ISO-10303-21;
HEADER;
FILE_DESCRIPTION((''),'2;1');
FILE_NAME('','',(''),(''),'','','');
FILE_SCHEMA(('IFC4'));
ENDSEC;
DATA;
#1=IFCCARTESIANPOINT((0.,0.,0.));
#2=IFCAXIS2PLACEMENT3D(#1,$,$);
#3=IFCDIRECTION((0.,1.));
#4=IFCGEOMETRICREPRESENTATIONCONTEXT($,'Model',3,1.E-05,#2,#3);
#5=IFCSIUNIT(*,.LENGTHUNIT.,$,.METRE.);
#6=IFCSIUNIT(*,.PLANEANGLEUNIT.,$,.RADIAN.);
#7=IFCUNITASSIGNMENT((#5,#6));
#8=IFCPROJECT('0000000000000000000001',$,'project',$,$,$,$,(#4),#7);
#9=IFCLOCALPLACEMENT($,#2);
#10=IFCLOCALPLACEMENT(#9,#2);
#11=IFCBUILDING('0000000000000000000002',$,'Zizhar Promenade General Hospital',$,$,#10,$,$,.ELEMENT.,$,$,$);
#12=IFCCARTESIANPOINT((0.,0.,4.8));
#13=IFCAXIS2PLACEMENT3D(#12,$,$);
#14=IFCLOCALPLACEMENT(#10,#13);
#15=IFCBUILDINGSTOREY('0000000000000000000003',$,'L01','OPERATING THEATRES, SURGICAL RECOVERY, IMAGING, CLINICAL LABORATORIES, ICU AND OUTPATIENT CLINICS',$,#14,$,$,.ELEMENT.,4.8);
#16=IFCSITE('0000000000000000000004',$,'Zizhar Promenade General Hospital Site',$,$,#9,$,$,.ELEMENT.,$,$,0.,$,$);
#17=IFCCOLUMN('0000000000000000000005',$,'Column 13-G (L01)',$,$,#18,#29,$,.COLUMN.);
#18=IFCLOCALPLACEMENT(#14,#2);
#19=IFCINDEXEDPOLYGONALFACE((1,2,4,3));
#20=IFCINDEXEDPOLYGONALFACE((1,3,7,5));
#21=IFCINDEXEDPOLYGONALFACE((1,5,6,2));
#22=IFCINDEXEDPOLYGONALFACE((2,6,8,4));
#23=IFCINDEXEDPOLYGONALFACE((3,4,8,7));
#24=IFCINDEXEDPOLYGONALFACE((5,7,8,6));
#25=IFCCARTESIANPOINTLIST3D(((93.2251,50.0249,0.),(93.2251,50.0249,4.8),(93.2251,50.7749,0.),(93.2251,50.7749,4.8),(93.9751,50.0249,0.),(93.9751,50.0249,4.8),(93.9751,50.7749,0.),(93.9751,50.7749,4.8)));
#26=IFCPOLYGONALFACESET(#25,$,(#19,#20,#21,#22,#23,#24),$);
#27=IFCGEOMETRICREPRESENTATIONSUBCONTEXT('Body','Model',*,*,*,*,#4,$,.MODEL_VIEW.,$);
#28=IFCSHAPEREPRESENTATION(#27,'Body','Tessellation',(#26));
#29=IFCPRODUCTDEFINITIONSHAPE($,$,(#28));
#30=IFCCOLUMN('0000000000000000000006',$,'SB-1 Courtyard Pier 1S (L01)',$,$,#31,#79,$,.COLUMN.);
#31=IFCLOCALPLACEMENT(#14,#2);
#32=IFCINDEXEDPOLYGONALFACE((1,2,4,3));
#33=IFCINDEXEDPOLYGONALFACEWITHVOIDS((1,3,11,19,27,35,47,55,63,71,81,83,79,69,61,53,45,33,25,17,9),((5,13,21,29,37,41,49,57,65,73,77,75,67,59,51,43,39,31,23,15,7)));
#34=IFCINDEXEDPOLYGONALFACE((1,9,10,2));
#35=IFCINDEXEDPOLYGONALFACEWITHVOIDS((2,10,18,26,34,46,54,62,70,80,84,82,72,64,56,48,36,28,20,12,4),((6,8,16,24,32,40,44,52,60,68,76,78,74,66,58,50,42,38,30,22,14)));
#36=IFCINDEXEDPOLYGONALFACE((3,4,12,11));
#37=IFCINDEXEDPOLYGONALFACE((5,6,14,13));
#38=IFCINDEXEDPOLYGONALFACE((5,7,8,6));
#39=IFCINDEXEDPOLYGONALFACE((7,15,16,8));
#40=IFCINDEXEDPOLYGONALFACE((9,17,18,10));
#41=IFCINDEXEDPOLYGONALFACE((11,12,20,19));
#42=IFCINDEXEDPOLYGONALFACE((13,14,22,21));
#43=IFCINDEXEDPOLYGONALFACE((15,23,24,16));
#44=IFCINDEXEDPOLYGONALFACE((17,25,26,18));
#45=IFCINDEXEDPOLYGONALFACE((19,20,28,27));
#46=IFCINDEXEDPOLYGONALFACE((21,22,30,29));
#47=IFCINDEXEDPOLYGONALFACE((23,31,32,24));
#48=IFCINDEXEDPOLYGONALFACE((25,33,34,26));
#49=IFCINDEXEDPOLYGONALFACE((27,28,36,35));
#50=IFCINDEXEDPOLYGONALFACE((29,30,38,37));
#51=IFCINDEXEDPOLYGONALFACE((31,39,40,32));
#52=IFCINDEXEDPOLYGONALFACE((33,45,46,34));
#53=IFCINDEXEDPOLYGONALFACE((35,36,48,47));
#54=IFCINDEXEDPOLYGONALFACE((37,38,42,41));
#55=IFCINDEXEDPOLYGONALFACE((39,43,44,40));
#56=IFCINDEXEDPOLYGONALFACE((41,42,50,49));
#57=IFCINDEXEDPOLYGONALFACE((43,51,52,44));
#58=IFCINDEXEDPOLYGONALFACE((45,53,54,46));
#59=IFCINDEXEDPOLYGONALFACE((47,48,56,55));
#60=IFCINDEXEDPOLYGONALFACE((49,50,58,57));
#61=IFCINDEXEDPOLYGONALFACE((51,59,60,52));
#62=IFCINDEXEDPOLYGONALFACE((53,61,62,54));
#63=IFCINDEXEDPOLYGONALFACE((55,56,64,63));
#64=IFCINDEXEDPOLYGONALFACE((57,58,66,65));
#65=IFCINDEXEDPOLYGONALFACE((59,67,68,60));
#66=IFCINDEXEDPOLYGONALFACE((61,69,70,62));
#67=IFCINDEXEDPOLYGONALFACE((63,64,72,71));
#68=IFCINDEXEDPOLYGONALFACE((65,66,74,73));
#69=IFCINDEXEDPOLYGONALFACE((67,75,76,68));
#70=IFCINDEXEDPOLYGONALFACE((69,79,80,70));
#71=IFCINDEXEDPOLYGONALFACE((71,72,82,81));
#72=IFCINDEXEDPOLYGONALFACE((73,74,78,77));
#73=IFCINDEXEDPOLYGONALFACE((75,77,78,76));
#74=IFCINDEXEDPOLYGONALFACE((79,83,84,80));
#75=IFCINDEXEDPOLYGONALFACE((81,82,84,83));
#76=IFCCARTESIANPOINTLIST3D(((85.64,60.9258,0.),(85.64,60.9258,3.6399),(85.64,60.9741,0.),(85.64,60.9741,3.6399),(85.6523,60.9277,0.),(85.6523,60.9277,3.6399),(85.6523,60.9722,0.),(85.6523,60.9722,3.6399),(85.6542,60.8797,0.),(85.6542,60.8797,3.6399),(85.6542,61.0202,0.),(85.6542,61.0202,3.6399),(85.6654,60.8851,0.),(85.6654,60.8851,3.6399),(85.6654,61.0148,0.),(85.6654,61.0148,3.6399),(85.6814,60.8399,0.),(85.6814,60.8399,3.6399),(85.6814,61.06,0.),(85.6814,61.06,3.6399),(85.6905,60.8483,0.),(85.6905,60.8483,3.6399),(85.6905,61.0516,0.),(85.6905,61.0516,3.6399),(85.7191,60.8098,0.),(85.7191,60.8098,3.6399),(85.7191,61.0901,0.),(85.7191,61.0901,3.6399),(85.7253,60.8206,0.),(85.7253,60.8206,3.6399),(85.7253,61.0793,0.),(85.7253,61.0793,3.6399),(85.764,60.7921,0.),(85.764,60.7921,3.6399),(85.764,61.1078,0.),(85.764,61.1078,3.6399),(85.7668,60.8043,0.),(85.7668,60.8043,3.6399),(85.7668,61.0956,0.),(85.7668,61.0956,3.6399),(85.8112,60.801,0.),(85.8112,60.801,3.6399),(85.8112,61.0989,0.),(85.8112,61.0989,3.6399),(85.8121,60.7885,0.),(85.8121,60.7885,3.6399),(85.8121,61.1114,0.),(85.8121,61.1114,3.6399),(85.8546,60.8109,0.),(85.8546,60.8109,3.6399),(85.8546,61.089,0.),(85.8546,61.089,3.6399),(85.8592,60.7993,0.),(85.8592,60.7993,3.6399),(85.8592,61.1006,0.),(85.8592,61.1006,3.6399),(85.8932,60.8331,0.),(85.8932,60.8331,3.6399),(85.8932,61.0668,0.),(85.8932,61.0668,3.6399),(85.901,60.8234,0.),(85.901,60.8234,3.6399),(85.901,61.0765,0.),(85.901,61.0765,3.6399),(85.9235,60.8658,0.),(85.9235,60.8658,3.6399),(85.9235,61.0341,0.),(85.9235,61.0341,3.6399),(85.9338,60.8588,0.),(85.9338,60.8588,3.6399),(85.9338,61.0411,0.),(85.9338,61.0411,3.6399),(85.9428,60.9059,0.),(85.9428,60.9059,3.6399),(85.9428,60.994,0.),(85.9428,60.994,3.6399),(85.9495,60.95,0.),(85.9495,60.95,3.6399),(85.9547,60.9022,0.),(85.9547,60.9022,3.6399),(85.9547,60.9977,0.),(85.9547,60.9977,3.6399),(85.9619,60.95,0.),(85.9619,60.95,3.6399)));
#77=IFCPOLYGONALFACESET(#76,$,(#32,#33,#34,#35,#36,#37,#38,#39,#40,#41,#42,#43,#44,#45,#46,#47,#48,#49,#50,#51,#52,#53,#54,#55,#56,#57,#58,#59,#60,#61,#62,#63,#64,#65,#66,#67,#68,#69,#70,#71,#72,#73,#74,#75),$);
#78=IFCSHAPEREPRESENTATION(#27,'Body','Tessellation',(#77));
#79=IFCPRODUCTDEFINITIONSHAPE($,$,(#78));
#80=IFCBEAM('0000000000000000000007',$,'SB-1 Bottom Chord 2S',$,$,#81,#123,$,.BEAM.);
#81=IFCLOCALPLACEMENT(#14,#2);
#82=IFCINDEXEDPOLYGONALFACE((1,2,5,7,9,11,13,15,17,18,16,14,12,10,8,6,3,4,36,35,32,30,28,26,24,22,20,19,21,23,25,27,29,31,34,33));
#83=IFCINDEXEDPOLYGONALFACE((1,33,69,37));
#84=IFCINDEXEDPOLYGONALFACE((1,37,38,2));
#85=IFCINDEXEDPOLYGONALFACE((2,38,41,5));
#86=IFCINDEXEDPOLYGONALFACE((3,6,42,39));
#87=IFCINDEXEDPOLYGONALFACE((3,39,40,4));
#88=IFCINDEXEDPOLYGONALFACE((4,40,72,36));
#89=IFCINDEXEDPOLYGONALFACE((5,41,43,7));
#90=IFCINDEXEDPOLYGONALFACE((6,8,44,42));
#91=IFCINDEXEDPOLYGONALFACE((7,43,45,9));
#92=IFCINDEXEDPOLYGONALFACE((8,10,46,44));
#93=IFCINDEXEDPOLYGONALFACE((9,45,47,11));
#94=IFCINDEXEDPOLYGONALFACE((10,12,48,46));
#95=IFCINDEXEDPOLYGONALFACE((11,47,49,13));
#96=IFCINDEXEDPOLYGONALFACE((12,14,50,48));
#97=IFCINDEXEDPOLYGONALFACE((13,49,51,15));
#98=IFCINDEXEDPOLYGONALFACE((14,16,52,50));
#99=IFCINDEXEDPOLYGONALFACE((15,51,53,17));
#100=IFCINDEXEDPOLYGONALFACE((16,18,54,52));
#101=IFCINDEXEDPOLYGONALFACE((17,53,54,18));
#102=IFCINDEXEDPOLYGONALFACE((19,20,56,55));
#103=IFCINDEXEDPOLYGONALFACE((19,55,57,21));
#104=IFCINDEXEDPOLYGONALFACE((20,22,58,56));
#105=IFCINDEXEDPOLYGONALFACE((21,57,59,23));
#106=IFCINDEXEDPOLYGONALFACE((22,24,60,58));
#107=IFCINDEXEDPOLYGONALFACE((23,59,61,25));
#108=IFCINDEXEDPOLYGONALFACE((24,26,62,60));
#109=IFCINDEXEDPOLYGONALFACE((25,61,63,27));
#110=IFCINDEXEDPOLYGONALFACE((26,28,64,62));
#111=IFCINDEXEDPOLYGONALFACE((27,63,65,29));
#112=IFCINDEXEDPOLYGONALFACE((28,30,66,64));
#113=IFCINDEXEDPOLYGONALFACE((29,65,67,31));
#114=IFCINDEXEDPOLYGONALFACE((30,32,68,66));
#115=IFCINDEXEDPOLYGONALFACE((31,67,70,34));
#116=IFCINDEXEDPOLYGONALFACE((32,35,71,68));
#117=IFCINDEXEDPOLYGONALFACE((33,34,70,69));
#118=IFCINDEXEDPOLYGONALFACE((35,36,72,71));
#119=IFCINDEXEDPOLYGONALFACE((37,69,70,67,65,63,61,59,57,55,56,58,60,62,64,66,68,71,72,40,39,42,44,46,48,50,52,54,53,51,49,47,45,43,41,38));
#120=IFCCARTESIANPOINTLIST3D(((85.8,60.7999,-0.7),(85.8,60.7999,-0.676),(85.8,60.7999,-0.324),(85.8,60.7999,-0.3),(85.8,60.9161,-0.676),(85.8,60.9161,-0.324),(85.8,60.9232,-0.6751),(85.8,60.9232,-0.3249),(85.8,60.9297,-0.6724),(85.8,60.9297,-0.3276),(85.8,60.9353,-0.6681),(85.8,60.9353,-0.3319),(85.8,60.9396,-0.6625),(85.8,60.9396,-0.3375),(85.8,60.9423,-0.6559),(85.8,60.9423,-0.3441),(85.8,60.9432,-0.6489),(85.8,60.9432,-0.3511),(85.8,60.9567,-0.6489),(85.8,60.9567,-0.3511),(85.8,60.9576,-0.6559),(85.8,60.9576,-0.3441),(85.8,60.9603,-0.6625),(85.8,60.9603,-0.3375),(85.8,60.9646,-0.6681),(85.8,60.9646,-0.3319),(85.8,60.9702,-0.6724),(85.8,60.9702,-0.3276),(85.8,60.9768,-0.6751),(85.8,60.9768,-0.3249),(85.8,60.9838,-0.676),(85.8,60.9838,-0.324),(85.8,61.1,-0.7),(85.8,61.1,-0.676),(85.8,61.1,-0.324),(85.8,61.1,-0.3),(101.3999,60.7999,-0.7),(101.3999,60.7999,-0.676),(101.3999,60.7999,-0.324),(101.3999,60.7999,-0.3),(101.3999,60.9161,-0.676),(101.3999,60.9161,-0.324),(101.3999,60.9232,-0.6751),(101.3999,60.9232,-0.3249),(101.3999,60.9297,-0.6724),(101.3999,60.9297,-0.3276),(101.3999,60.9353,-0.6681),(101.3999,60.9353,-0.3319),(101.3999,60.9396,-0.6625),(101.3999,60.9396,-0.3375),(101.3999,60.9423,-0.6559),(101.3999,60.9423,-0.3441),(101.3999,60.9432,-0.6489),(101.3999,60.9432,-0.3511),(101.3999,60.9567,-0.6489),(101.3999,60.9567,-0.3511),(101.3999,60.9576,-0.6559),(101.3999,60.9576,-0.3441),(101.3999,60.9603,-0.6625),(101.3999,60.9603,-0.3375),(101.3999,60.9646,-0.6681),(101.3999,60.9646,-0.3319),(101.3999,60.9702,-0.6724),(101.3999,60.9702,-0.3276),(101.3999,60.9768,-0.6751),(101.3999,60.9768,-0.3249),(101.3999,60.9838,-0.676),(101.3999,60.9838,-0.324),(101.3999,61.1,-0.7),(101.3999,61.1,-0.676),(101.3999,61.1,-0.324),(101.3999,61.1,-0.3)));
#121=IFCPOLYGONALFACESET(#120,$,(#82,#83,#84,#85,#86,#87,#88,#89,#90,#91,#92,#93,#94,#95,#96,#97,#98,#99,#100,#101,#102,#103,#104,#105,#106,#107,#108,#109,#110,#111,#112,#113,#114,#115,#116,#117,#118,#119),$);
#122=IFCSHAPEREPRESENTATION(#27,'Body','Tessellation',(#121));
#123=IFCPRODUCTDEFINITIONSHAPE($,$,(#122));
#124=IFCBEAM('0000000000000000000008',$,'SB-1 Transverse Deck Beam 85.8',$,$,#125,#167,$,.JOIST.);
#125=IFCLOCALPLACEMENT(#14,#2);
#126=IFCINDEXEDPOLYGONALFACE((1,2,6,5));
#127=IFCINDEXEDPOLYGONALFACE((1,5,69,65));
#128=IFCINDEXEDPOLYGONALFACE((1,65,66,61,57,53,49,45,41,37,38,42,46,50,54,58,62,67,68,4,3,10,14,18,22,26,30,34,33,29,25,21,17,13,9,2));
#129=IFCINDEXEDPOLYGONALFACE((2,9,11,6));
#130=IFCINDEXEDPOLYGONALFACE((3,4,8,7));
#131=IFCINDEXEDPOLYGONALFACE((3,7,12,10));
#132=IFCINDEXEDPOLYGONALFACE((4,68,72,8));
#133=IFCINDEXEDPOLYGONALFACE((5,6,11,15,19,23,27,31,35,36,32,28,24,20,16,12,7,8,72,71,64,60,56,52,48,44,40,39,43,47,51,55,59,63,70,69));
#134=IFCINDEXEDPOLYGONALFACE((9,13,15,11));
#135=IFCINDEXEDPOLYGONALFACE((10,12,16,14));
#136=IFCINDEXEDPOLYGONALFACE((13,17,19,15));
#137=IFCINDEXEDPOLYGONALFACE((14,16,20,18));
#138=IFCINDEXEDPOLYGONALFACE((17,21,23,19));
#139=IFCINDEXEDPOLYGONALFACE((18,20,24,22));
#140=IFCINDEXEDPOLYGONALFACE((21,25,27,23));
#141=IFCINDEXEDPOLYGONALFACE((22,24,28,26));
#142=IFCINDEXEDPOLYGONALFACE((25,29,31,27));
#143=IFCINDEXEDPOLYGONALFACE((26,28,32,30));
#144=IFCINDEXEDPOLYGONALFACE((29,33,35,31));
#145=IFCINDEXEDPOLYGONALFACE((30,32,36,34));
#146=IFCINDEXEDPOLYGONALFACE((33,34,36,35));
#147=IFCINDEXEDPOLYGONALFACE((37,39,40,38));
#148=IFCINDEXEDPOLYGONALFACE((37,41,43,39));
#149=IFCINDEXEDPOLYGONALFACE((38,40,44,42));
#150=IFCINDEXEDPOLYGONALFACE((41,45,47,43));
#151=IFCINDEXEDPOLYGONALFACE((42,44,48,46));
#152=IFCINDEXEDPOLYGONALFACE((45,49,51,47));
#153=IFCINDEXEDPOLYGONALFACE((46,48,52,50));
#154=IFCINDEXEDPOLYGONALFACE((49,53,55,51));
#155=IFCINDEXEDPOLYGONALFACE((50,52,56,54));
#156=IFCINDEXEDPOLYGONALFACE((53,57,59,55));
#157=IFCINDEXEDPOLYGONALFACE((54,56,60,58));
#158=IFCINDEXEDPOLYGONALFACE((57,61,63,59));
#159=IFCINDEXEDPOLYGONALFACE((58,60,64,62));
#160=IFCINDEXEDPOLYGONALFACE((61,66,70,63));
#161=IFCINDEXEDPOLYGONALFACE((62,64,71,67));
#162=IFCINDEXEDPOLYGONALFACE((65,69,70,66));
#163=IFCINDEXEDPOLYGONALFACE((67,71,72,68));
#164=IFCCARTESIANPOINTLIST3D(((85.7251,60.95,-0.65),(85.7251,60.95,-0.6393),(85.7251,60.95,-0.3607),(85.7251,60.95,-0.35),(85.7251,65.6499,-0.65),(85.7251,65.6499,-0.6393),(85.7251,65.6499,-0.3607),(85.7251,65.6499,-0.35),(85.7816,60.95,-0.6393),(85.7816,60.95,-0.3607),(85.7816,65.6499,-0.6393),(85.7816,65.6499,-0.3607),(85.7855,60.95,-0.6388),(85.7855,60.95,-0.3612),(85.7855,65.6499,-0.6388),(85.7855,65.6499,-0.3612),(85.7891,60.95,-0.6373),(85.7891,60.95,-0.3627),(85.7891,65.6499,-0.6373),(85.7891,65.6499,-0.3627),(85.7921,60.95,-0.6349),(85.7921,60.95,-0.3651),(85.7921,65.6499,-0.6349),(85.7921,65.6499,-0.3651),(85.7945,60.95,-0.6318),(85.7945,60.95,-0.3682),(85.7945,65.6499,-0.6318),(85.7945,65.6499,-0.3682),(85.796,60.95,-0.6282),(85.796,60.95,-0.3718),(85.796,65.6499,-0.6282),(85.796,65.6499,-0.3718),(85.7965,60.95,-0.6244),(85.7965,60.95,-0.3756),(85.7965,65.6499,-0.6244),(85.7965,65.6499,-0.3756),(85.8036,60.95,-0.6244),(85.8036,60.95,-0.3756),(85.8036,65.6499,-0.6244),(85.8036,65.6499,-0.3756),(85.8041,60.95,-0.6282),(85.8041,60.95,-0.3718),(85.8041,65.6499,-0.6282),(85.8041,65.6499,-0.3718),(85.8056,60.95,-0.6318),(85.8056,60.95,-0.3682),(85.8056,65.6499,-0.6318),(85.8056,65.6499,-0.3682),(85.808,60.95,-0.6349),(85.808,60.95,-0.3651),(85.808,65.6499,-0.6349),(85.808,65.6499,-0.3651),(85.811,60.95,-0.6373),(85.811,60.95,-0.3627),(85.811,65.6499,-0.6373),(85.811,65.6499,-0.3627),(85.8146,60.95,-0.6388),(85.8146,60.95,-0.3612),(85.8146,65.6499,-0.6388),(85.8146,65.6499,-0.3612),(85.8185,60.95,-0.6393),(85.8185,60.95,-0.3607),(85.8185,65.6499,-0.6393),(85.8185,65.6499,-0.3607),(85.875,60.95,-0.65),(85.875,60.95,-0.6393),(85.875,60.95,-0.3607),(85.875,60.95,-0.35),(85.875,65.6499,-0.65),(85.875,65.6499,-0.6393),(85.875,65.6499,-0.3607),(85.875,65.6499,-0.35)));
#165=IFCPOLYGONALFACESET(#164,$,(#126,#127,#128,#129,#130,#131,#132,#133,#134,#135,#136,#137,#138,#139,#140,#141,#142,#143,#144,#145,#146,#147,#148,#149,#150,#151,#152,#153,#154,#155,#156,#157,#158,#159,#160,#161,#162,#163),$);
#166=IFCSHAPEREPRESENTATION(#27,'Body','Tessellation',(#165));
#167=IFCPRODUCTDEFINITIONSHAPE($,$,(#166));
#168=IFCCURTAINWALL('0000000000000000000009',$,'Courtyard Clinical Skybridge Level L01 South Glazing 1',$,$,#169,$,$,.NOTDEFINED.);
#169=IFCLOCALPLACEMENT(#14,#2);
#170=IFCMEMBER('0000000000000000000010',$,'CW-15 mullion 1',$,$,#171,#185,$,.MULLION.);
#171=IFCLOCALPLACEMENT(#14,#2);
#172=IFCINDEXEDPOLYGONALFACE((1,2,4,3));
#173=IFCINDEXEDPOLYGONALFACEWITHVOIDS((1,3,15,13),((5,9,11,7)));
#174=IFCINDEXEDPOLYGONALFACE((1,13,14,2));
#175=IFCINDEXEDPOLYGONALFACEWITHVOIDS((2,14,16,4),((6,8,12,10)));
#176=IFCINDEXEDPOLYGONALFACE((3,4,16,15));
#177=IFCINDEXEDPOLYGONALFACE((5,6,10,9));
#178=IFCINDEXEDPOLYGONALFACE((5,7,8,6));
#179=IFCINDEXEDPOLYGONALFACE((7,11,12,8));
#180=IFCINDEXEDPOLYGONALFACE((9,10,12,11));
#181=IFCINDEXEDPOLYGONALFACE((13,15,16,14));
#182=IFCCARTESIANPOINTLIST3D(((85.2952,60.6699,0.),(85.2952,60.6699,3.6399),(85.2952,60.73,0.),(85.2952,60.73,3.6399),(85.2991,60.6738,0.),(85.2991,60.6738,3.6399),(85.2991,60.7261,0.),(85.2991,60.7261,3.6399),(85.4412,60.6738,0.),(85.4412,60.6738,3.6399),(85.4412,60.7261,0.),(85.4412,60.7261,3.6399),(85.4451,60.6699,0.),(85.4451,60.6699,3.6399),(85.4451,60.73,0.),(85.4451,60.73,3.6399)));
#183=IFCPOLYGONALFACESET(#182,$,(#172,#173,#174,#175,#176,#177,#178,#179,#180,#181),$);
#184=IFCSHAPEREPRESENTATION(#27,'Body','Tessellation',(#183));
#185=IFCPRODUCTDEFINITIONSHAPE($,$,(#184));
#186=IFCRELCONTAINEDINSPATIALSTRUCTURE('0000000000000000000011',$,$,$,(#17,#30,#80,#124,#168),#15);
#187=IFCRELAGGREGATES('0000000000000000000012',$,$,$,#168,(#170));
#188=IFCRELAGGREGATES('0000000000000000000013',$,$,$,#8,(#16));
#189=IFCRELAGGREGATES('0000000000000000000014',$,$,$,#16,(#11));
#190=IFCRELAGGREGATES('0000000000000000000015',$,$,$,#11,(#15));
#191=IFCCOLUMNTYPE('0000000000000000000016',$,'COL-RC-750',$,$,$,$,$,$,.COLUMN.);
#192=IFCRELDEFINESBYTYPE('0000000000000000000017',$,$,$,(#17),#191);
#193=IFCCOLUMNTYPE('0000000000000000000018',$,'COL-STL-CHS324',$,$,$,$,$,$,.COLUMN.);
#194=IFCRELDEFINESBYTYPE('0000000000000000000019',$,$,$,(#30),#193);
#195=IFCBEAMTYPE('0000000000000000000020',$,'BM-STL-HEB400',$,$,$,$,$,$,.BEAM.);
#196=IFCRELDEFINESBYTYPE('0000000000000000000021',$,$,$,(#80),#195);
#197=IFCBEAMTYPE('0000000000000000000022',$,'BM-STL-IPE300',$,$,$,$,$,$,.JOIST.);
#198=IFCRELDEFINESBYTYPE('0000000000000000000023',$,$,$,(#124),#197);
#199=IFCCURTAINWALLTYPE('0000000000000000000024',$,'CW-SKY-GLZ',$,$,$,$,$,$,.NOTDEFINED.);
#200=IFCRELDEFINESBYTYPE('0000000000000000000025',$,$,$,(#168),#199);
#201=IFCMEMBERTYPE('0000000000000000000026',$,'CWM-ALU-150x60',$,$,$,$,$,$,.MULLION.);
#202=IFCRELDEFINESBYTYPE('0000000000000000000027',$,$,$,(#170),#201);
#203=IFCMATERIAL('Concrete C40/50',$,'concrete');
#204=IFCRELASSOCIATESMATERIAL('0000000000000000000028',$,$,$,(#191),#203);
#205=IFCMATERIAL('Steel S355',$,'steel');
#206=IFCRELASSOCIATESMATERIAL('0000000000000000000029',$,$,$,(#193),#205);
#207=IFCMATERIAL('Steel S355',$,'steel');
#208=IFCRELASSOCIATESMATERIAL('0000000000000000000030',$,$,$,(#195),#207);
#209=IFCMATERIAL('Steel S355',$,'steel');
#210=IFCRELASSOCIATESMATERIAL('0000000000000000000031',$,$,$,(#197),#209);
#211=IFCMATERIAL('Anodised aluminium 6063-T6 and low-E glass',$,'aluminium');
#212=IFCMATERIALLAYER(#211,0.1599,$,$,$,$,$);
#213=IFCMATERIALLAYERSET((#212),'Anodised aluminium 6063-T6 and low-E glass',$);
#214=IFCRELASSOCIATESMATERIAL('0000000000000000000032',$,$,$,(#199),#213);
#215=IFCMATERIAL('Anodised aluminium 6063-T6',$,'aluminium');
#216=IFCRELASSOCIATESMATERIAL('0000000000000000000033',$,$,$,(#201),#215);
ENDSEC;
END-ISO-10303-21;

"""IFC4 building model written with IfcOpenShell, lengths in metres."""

from ifc_helpers import new_model, si_unit, direction, frame, origin, origin_2d, place, context, subcontext, project, spatial, rectangle, hollow_rectangle, hollow_circle, i_section, extrude, material, layer, layer_set, material_profile, profile_set, type_object, element, aggregate, save


model = new_model("IFC4")

# Units and contexts
model_context = context("Model", 3, precision=1e-05, world=origin(), true_north=direction((0.0, 1.0)))
body_context = subcontext(model_context, "Body", "Model", "MODEL_VIEW")
ifc_project = project(units=[si_unit("LENGTHUNIT", "METRE"), si_unit("PLANEANGLEUNIT", "RADIAN")], contexts=[model_context])

# Site, building, storey
site_placement = place(None, origin())
site = spatial("IfcSite", under=ifc_project, at=site_placement, Name="Zizhar Promenade General Hospital Site", CompositionType="ELEMENT", RefElevation=0.0)
building_placement = place(site_placement, origin())
building = spatial("IfcBuilding", under=site, at=building_placement, Name="Zizhar Promenade General Hospital", CompositionType="ELEMENT")
storey_placement = place(building_placement, frame((0.0, 0.0, 4.8)))
storey = spatial("IfcBuildingStorey", under=building, at=storey_placement, Name="L01", Description="OPERATING THEATRES, SURGICAL RECOVERY, IMAGING, CLINICAL LABORATORIES, ICU AND OUTPATIENT CLINICS", CompositionType="ELEMENT", Elevation=4.8)

# Columns
ifc_material_1 = material(Name="Concrete C40/50", Category="concrete")
ifc_material_profile_1 = material_profile(ifc_material_1, rectangle(XDim=0.75, YDim=0.75, at=origin_2d()))
ifc_profile_set_1 = profile_set([ifc_material_profile_1], Name="Concrete C40/50")
column_type_1 = type_object("IfcColumnType", Name="COL-RC-750", PredefinedType="COLUMN", material=ifc_profile_set_1)
column_1_placement = place(storey_placement, frame((93.6001, 50.3999, 0.0), z_axis=(0.0, 0.0, 1.0), x_axis=(1.0, 0.0, 0.0)))
element("IfcColumn", 1, at=column_1_placement, inside=storey, type_object=column_type_1, Name="Column 13-G (L01)", PredefinedType="COLUMN", context=body_context, shape_type="SweptSolid", body=[
    extrude(rectangle(XDim=0.75, YDim=0.75, at=origin_2d()), origin(), (0.0, 0.0, 1.0), 4.8),
])
ifc_material_2 = material(Name="Steel S355", Category="steel")
ifc_material_profile_2 = material_profile(ifc_material_2, hollow_circle(Radius=0.1619, WallThickness=0.0125, at=origin_2d()))
ifc_profile_set_2 = profile_set([ifc_material_profile_2], Name="Steel S355")
column_type_2 = type_object("IfcColumnType", Name="COL-STL-CHS324", PredefinedType="COLUMN", material=ifc_profile_set_2)
column_2_placement = place(storey_placement, frame((85.8, 60.95, 0.0), z_axis=(0.0, 0.0, 1.0), x_axis=(1.0, 0.0, 0.0)))
element("IfcColumn", 2, at=column_2_placement, inside=storey, type_object=column_type_2, Name="SB-1 Courtyard Pier 1S (L01)", PredefinedType="COLUMN", context=body_context, shape_type="SweptSolid", body=[
    extrude(hollow_circle(Radius=0.1619, WallThickness=0.0125, at=origin_2d()), origin(), (0.0, 0.0, 1.0), 3.6399),
])

# Beams
ifc_material_3 = material(Name="Steel S355", Category="steel")
ifc_material_profile_3 = material_profile(ifc_material_3, i_section(OverallWidth=0.3, OverallDepth=0.3999, WebThickness=0.0134, FlangeThickness=0.0239, FilletRadius=0.0271, at=origin_2d()))
ifc_profile_set_3 = profile_set([ifc_material_profile_3], Name="Steel S355")
beam_type_1 = type_object("IfcBeamType", Name="BM-STL-HEB400", PredefinedType="BEAM", material=ifc_profile_set_3)
beam_1_placement = place(storey_placement, frame((85.8, 60.95, -0.5), z_axis=(1.0, 0.0, 0.0), x_axis=(0.0, 1.0, 0.0)))
element("IfcBeam", 3, at=beam_1_placement, inside=storey, type_object=beam_type_1, Name="SB-1 Bottom Chord 2S", PredefinedType="BEAM", context=body_context, shape_type="SweptSolid", body=[
    extrude(i_section(OverallWidth=0.3, OverallDepth=0.3999, WebThickness=0.0134, FlangeThickness=0.0239, FilletRadius=0.0271, at=origin_2d()), origin(), (0.0, 0.0, 1.0), 15.5999),
])
ifc_material_4 = material(Name="Steel S355", Category="steel")
ifc_material_profile_4 = material_profile(ifc_material_4, i_section(OverallWidth=0.1499, OverallDepth=0.3, WebThickness=0.0071, FlangeThickness=0.0107, FilletRadius=0.0149, at=origin_2d()))
ifc_profile_set_4 = profile_set([ifc_material_profile_4], Name="Steel S355")
beam_type_2 = type_object("IfcBeamType", Name="BM-STL-IPE300", PredefinedType="JOIST", material=ifc_profile_set_4)
beam_2_placement = place(storey_placement, frame((85.8, 60.95, -0.5), z_axis=(0.0, 1.0, 0.0), x_axis=(-1.0, 0.0, 0.0)))
element("IfcBeam", 4, at=beam_2_placement, inside=storey, type_object=beam_type_2, Name="SB-1 Transverse Deck Beam 85.8", PredefinedType="JOIST", context=body_context, shape_type="SweptSolid", body=[
    extrude(i_section(OverallWidth=0.1499, OverallDepth=0.3, WebThickness=0.0071, FlangeThickness=0.0107, FilletRadius=0.0149, at=origin_2d()), origin(), (0.0, 0.0, 1.0), 4.7),
])

# Curtain wall, member
ifc_material_5 = material(Name="Anodised aluminium 6063-T6 and low-E glass", Category="aluminium")
ifc_layer_1 = layer(ifc_material_5, 0.1599)
ifc_layer_set_1 = layer_set([ifc_layer_1], Name="Anodised aluminium 6063-T6 and low-E glass")
curtain_wall_type_1 = type_object("IfcCurtainWallType", Name="CW-SKY-GLZ", PredefinedType="NOTDEFINED", material=ifc_layer_set_1)
curtain_wall_1_placement = place(storey_placement, origin())
curtain_wall_1 = element("IfcCurtainWall", 5, at=curtain_wall_1_placement, inside=storey, type_object=curtain_wall_type_1, Name="Courtyard Clinical Skybridge Level L01 South Glazing 1", PredefinedType="NOTDEFINED")
ifc_material_6 = material(Name="Anodised aluminium 6063-T6", Category="aluminium")
ifc_material_profile_5 = material_profile(ifc_material_6, hollow_rectangle(XDim=0.0601, YDim=0.1499, WallThickness=0.0039, at=origin_2d()))
ifc_profile_set_5 = profile_set([ifc_material_profile_5], Name="Anodised aluminium 6063-T6")
member_type_1 = type_object("IfcMemberType", Name="CWM-ALU-150x60", PredefinedType="MULLION", material=ifc_profile_set_5)
member_1_placement = place(storey_placement, frame((85.3701, 60.7, 0.0), z_axis=(0.0, 0.0, 1.0), x_axis=(0.0, -1.0, 0.0)))
member_1 = element("IfcMember", 6, at=member_1_placement, type_object=member_type_1, Name="CW-15 mullion 1", PredefinedType="MULLION", context=body_context, shape_type="SweptSolid", body=[
    extrude(hollow_rectangle(XDim=0.0601, YDim=0.1499, WallThickness=0.0039, at=origin_2d()), origin(), (0.0, 0.0, 1.0), 3.6399),
])

aggregate(curtain_wall_1, [member_1])

save(model, "model.ifc")
